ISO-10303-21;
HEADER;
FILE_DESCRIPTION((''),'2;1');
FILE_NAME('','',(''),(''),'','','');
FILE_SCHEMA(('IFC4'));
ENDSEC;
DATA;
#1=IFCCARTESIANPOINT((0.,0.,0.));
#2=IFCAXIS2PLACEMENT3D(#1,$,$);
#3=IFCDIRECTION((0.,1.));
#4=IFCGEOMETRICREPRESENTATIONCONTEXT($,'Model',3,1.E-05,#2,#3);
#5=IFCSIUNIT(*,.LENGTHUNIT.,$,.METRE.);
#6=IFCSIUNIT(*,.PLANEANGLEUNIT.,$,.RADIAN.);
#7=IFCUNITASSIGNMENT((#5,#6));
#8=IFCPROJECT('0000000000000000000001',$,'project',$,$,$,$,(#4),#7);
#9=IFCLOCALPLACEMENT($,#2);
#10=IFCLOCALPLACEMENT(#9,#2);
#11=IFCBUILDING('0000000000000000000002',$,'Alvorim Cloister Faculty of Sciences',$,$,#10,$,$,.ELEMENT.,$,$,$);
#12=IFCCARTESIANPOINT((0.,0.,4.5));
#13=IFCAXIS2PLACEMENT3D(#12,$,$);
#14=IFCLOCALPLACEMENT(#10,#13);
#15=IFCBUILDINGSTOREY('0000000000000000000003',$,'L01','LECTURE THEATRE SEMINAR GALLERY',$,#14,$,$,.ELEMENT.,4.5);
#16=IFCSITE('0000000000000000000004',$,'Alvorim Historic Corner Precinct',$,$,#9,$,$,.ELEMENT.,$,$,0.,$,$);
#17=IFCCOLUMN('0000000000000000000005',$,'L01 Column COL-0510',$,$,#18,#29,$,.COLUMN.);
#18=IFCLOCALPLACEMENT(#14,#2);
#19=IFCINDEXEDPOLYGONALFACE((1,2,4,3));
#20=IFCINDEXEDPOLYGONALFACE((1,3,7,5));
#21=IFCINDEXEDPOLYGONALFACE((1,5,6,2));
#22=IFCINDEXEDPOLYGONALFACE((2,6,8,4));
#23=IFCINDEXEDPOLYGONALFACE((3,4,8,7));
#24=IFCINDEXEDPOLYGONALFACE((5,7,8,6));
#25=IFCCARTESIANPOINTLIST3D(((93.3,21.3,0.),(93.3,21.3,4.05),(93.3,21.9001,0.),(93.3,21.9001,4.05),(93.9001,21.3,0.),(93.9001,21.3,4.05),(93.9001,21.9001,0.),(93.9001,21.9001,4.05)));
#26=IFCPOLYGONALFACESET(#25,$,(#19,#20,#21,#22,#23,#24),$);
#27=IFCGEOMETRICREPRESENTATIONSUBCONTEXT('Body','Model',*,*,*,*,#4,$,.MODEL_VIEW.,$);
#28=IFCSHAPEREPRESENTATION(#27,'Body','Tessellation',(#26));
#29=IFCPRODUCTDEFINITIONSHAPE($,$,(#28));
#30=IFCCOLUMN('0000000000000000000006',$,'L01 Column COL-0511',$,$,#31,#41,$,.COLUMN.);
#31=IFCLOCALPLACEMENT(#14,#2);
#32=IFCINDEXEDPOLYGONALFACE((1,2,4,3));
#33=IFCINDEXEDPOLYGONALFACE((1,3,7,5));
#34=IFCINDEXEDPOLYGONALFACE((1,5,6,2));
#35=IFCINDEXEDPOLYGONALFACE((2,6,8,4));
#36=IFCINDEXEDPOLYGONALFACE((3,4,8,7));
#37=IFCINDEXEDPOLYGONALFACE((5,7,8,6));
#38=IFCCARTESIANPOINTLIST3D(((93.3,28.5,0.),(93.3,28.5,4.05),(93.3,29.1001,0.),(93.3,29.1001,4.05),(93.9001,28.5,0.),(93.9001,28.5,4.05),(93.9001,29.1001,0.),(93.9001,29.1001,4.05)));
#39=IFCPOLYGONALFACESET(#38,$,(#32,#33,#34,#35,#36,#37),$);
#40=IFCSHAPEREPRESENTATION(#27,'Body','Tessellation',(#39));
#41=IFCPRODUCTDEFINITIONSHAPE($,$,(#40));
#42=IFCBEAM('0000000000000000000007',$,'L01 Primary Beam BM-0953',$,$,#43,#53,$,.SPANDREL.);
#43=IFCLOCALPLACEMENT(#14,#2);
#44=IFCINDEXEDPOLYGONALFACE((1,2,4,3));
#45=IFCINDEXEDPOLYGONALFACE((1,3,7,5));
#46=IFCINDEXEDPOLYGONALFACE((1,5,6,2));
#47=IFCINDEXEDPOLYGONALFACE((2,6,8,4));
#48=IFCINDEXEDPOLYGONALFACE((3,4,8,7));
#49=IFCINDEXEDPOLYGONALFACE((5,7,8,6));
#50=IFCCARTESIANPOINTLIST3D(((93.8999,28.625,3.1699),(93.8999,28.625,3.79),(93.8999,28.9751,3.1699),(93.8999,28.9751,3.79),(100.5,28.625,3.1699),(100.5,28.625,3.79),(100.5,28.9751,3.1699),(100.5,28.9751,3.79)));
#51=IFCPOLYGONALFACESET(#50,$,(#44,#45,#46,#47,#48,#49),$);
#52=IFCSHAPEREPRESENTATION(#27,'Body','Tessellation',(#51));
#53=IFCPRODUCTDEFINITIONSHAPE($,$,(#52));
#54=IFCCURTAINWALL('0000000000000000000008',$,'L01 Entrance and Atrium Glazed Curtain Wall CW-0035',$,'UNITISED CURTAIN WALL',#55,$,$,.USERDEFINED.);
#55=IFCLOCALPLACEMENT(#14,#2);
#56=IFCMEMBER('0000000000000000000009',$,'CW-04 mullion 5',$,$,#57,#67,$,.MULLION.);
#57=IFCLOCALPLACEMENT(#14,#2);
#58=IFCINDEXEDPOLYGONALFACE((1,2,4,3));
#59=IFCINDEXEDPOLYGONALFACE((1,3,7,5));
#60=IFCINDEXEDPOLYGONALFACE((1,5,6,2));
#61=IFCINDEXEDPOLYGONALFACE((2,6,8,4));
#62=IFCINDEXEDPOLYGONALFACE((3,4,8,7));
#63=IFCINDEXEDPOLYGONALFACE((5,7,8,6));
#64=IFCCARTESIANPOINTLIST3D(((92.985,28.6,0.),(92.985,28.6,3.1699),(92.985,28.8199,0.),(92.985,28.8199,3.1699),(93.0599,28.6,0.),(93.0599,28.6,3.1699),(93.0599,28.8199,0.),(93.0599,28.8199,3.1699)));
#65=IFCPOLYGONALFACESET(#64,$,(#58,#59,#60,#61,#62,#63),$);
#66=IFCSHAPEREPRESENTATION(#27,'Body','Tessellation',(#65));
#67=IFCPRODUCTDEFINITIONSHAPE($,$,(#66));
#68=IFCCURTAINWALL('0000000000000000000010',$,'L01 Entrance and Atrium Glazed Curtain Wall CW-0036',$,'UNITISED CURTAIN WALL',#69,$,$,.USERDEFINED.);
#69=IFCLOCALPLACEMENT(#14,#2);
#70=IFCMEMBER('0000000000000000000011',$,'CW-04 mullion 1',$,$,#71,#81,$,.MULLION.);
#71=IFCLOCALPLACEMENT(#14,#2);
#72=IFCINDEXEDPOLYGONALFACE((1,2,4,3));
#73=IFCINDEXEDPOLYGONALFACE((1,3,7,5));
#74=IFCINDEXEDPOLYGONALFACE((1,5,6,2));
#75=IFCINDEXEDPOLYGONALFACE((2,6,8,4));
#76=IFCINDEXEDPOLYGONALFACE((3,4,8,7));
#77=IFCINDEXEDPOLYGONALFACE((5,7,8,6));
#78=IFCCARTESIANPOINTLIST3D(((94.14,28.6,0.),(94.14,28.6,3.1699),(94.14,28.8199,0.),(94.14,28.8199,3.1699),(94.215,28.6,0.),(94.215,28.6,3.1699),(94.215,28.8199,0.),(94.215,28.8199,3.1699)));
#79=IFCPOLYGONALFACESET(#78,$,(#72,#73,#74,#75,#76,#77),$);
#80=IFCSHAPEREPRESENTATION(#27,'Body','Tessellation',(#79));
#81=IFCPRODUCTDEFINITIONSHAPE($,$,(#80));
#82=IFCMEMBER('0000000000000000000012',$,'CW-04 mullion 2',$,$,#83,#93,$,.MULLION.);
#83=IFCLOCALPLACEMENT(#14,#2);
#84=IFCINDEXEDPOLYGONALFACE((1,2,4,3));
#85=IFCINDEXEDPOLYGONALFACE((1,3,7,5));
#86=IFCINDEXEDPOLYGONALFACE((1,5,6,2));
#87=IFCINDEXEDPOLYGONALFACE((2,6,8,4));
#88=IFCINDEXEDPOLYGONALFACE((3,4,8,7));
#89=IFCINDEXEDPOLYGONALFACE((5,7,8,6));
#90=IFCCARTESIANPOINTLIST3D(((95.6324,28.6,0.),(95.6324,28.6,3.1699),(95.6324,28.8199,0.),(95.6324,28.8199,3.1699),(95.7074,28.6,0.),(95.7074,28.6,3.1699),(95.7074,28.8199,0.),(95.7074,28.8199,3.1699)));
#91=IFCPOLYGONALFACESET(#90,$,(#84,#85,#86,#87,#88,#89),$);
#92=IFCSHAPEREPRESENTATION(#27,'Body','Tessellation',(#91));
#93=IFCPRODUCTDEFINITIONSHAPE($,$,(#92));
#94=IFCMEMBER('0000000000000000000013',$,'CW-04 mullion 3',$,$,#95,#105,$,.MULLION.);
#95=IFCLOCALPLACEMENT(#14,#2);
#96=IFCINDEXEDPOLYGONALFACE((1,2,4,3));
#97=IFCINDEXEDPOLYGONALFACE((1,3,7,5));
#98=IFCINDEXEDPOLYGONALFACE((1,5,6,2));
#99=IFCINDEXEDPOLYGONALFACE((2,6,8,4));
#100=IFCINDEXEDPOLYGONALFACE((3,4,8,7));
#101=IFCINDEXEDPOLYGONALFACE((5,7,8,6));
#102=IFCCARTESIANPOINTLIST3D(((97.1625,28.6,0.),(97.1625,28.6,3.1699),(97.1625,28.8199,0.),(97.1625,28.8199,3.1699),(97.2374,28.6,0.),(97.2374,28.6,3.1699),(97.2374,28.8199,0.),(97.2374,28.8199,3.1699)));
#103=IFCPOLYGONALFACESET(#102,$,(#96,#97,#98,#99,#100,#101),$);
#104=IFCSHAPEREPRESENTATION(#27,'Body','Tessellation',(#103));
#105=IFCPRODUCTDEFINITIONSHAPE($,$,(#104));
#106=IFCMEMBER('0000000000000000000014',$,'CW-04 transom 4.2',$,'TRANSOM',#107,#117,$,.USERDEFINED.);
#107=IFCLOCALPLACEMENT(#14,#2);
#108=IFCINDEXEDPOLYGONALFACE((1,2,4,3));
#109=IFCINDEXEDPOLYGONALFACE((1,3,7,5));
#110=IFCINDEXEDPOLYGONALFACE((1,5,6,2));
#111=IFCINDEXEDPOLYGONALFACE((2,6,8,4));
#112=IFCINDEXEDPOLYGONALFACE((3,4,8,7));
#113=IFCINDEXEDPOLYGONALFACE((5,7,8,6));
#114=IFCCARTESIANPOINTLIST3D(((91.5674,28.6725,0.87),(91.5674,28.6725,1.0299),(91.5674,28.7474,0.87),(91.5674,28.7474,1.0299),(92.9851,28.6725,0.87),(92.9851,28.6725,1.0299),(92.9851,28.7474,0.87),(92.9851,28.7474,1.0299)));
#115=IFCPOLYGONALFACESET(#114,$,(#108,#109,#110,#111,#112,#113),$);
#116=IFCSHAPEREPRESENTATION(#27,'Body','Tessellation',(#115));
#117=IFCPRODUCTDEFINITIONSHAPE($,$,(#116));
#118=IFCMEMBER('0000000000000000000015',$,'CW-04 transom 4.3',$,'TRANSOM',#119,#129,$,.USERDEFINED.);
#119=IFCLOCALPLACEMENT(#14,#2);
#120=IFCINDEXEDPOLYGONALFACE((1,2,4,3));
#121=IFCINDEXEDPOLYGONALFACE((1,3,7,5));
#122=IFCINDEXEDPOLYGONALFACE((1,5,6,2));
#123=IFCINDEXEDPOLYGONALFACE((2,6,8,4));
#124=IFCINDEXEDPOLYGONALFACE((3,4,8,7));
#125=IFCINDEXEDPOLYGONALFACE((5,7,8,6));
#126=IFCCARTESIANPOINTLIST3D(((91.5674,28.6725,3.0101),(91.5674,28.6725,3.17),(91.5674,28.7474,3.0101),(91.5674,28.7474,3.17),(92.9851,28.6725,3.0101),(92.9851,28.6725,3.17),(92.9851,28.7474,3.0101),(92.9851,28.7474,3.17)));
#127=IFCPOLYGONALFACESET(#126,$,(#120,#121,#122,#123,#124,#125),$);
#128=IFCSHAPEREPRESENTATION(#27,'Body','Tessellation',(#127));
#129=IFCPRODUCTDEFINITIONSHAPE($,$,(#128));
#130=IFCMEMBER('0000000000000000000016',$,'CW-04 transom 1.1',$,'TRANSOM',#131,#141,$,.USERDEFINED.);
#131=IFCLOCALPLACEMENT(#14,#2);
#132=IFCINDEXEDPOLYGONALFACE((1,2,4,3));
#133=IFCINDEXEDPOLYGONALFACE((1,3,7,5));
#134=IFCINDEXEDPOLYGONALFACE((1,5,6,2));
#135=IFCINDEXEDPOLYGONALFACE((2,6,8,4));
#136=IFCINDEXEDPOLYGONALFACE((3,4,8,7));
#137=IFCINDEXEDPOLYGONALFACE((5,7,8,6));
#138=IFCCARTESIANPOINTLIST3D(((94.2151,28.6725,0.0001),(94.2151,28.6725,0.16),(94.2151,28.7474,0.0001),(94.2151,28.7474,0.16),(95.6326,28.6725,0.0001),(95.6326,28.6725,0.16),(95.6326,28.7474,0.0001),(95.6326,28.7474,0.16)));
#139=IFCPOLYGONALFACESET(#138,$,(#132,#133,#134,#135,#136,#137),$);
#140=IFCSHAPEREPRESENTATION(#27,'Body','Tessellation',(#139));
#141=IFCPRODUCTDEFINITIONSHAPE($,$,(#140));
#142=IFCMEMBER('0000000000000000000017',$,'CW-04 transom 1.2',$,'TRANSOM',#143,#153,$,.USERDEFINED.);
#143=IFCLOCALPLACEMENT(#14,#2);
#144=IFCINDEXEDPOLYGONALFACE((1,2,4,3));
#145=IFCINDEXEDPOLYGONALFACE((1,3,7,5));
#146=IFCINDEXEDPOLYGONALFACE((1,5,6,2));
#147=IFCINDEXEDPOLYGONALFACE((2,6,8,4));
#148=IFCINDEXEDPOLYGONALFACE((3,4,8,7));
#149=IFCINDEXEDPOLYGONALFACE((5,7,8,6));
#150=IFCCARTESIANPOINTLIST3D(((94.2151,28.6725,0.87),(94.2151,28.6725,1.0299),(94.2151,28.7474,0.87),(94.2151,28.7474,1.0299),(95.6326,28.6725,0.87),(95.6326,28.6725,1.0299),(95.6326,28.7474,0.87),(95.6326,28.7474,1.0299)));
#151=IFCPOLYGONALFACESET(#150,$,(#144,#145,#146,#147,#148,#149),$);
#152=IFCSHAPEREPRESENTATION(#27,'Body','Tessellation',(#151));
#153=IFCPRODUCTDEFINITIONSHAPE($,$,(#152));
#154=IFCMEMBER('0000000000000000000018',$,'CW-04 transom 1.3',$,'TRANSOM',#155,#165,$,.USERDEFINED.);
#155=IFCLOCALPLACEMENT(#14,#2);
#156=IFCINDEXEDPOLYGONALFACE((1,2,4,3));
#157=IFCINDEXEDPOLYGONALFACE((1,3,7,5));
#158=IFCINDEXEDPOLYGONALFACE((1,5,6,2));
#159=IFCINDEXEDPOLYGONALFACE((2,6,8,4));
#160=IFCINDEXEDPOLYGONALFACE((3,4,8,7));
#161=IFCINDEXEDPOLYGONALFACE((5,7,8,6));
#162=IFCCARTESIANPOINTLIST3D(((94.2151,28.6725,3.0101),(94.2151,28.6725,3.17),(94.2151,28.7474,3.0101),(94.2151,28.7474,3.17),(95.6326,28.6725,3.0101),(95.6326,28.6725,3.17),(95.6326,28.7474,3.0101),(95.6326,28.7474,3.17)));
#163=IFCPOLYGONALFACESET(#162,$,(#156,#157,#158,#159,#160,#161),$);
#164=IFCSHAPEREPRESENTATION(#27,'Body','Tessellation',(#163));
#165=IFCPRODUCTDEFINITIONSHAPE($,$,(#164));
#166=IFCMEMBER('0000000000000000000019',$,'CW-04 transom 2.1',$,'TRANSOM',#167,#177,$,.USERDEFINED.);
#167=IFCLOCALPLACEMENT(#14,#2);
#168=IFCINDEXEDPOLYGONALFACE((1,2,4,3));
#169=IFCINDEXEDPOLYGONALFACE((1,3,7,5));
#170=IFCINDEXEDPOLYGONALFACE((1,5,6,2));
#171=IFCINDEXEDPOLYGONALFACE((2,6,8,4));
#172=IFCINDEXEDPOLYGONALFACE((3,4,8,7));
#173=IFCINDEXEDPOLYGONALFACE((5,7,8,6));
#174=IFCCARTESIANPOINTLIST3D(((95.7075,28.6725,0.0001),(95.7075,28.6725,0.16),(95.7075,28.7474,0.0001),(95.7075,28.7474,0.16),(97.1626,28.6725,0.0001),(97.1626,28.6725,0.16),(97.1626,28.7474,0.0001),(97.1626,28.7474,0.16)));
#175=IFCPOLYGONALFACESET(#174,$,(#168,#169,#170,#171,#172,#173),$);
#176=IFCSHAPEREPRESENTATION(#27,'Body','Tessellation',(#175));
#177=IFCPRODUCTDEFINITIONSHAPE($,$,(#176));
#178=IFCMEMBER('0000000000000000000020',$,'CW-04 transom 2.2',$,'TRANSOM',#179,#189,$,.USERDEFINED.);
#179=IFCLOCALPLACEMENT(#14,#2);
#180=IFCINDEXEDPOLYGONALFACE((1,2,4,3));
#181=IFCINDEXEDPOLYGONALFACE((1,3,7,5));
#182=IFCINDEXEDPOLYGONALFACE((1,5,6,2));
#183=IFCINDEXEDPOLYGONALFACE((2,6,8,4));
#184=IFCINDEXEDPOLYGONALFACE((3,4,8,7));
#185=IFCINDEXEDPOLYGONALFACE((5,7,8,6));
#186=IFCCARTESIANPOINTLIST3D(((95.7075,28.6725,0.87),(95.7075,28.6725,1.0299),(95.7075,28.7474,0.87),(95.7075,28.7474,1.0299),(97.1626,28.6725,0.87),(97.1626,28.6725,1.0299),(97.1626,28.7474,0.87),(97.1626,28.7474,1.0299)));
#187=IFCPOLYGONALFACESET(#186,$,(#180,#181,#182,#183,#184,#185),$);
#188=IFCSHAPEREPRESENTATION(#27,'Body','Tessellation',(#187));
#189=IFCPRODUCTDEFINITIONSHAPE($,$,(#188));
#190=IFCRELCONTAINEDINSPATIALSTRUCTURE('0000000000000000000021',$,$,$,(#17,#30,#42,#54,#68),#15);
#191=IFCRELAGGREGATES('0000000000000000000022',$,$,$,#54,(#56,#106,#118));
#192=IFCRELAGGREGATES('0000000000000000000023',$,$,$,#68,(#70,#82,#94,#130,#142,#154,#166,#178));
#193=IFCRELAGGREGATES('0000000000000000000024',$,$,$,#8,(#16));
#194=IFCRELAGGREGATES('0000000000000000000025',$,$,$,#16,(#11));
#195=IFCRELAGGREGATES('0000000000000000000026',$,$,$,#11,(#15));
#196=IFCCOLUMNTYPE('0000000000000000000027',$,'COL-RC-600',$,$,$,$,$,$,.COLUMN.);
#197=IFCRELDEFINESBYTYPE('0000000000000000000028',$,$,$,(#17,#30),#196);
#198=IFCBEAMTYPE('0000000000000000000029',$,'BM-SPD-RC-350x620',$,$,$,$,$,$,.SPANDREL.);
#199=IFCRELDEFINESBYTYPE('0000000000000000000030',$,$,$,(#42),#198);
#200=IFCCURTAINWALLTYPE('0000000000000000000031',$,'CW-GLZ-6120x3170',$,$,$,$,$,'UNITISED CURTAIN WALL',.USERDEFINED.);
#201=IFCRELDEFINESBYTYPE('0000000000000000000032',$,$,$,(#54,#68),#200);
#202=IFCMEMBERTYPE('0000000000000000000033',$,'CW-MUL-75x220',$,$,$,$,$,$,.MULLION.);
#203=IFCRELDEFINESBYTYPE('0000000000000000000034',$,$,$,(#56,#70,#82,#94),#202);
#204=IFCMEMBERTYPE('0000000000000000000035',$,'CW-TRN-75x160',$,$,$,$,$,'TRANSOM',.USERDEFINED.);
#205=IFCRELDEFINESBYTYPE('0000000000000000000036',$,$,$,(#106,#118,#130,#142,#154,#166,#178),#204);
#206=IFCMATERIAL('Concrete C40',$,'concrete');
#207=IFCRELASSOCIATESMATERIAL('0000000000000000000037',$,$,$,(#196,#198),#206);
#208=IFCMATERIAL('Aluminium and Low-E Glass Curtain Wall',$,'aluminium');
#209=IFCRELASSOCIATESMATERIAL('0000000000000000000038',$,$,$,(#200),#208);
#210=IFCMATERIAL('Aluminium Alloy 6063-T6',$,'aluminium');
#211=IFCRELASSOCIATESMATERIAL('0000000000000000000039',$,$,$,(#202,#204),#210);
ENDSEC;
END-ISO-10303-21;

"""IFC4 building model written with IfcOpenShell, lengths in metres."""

from ifc_helpers import new_model, si_unit, direction, frame, origin, origin_2d, place, context, subcontext, project, spatial, rectangle, extrude, material, material_profile, profile_set, type_object, element, aggregate, save


model = new_model("IFC4")

# Units and contexts
model_context = context("Model", 3, precision=1e-05, world=origin(), true_north=direction((0.0, 1.0)))
body_context = subcontext(model_context, "Body", "Model", "MODEL_VIEW")
ifc_project = project(units=[si_unit("LENGTHUNIT", "METRE"), si_unit("PLANEANGLEUNIT", "RADIAN")], contexts=[model_context])

# Site, building, storey
site_placement = place(None, origin())
site = spatial("IfcSite", under=ifc_project, at=site_placement, Name="Alvorim Historic Corner Precinct", CompositionType="ELEMENT", RefElevation=0.0)
building_placement = place(site_placement, origin())
building = spatial("IfcBuilding", under=site, at=building_placement, Name="Alvorim Cloister Faculty of Sciences", CompositionType="ELEMENT")
storey_placement = place(building_placement, frame((0.0, 0.0, 4.5)))
storey = spatial("IfcBuildingStorey", under=building, at=storey_placement, Name="L01", Description="LECTURE THEATRE SEMINAR GALLERY", CompositionType="ELEMENT", Elevation=4.5)

# Columns
ifc_material_1 = material(Name="Concrete C40", Category="concrete")
ifc_material_profile_1 = material_profile(ifc_material_1, rectangle(XDim=0.6001, YDim=0.6001, at=origin_2d()), Name="RC40-COL-600x600")
ifc_profile_set_1 = profile_set([ifc_material_profile_1], Name="Concrete C40")
column_type = type_object("IfcColumnType", Name="COL-RC-600", PredefinedType="COLUMN", material=ifc_profile_set_1)
for number, where, z_axis, x_axis, name in (
    (1, (93.6001, 21.6001, 0.0), (0.0, 0.0, 1.0), (1.0, 0.0, 0.0), "L01 Column COL-0510"),
    (2, (93.6001, 28.8, 0.0), (0.0, 0.0, 1.0), (1.0, 0.0, 0.0), "L01 Column COL-0511"),
):
    element("IfcColumn", number, at=place(storey_placement, frame(where, z_axis=z_axis, x_axis=x_axis)), inside=storey, type_object=column_type, Name=name, PredefinedType="COLUMN", context=body_context, shape_type="SweptSolid", body=[
        extrude(rectangle(XDim=0.6001, YDim=0.6001, at=origin_2d()), origin(), (0.0, 0.0, 1.0), 4.05),
    ])

# Beam
ifc_material_profile_2 = material_profile(ifc_material_1, rectangle(XDim=0.3501, YDim=0.6201, at=origin_2d()), Name="RC40-SPD-350x620")
ifc_profile_set_2 = profile_set([ifc_material_profile_2], Name="Concrete C40")
beam_type = type_object("IfcBeamType", Name="BM-SPD-RC-350x620", PredefinedType="SPANDREL", material=ifc_profile_set_2)
beam_placement = place(storey_placement, frame((93.8999, 28.8, 3.48), z_axis=(1.0, 0.0, 0.0), x_axis=(0.0, 1.0, 0.0)))
element("IfcBeam", 3, at=beam_placement, inside=storey, type_object=beam_type, Name="L01 Primary Beam BM-0953", PredefinedType="SPANDREL", context=body_context, shape_type="SweptSolid", body=[
    extrude(rectangle(XDim=0.3501, YDim=0.6201, at=origin_2d()), origin(), (0.0, 0.0, 1.0), 6.6001),
])

# Curtain wall, member
ifc_material_2 = material(Name="Aluminium and Low-E Glass Curtain Wall", Category="aluminium")
curtain_wall_type = type_object("IfcCurtainWallType", Name="CW-GLZ-6120x3170", ElementType="UNITISED CURTAIN WALL", PredefinedType="USERDEFINED", material=ifc_material_2)
curtain_wall_1_placement = place(storey_placement, origin())
curtain_wall_1 = element("IfcCurtainWall", 4, at=curtain_wall_1_placement, inside=storey, type_object=curtain_wall_type, Name="L01 Entrance and Atrium Glazed Curtain Wall CW-0035", ObjectType="UNITISED CURTAIN WALL", PredefinedType="USERDEFINED")
ifc_material_3 = material(Name="Aluminium Alloy 6063-T6", Category="aluminium")
ifc_material_profile_3 = material_profile(ifc_material_3, rectangle(XDim=0.075, YDim=0.22, at=origin_2d()), Name="ALU-MUL-75x220")
ifc_profile_set_3 = profile_set([ifc_material_profile_3], Name="Aluminium Alloy 6063-T6")
member_type_1 = type_object("IfcMemberType", Name="CW-MUL-75x220", PredefinedType="MULLION", material=ifc_profile_set_3)
member_1_placement = place(storey_placement, frame((93.0225, 28.71, 0.0), z_axis=(0.0, 0.0, 1.0), x_axis=(1.0, 0.0, 0.0)))
member_1 = element("IfcMember", 5, at=member_1_placement, type_object=member_type_1, Name="CW-04 mullion 5", PredefinedType="MULLION", context=body_context, shape_type="SweptSolid", body=[
    extrude(rectangle(XDim=0.075, YDim=0.22, at=origin_2d()), origin(), (0.0, 0.0, 1.0), 3.1699),
])

# Curtain wall, members
curtain_wall_2_placement = place(storey_placement, origin())
curtain_wall_2 = element("IfcCurtainWall", 6, at=curtain_wall_2_placement, inside=storey, type_object=curtain_wall_type, Name="L01 Entrance and Atrium Glazed Curtain Wall CW-0036", ObjectType="UNITISED CURTAIN WALL", PredefinedType="USERDEFINED")
member_2_placement = place(storey_placement, frame((94.1775, 28.71, 0.0), z_axis=(0.0, 0.0, 1.0), x_axis=(1.0, 0.0, 0.0)))
member_2 = element("IfcMember", 7, at=member_2_placement, type_object=member_type_1, Name="CW-04 mullion 1", PredefinedType="MULLION", context=body_context, shape_type="SweptSolid", body=[
    extrude(rectangle(XDim=0.075, YDim=0.22, at=origin_2d()), origin(), (0.0, 0.0, 1.0), 3.1699),
])
member_3_placement = place(storey_placement, frame((95.6699, 28.71, 0.0), z_axis=(0.0, 0.0, 1.0), x_axis=(1.0, 0.0, 0.0)))
member_3 = element("IfcMember", 8, at=member_3_placement, type_object=member_type_1, Name="CW-04 mullion 2", PredefinedType="MULLION", context=body_context, shape_type="SweptSolid", body=[
    extrude(rectangle(XDim=0.075, YDim=0.22, at=origin_2d()), origin(), (0.0, 0.0, 1.0), 3.1699),
])
member_4_placement = place(storey_placement, frame((97.2, 28.71, 0.0), z_axis=(0.0, 0.0, 1.0), x_axis=(1.0, 0.0, 0.0)))
member_4 = element("IfcMember", 9, at=member_4_placement, type_object=member_type_1, Name="CW-04 mullion 3", PredefinedType="MULLION", context=body_context, shape_type="SweptSolid", body=[
    extrude(rectangle(XDim=0.075, YDim=0.22, at=origin_2d()), origin(), (0.0, 0.0, 1.0), 3.1699),
])

# Members
ifc_material_profile_4 = material_profile(ifc_material_3, rectangle(XDim=0.075, YDim=0.1599, at=origin_2d()), Name="ALU-TRN-75x160")
ifc_profile_set_4 = profile_set([ifc_material_profile_4], Name="Aluminium Alloy 6063-T6")
member_type_2 = type_object("IfcMemberType", Name="CW-TRN-75x160", ElementType="TRANSOM", PredefinedType="USERDEFINED", material=ifc_profile_set_4)
member_5_placement = place(storey_placement, frame((91.5674, 28.71, 0.95), z_axis=(1.0, 0.0, 0.0), x_axis=(0.0, 1.0, 0.0)))
member_5 = element("IfcMember", 10, at=member_5_placement, type_object=member_type_2, Name="CW-04 transom 4.2", ObjectType="TRANSOM", PredefinedType="USERDEFINED", context=body_context, shape_type="SweptSolid", body=[
    extrude(rectangle(XDim=0.075, YDim=0.1599, at=origin_2d()), origin(), (0.0, 0.0, 1.0), 1.4177),
])
member_6_placement = place(storey_placement, frame((91.5674, 28.71, 3.0901), z_axis=(1.0, 0.0, 0.0), x_axis=(0.0, 1.0, 0.0)))
member_6 = element("IfcMember", 11, at=member_6_placement, type_object=member_type_2, Name="CW-04 transom 4.3", ObjectType="TRANSOM", PredefinedType="USERDEFINED", context=body_context, shape_type="SweptSolid", body=[
    extrude(rectangle(XDim=0.075, YDim=0.1599, at=origin_2d()), origin(), (0.0, 0.0, 1.0), 1.4177),
])
member_7_placement = place(storey_placement, frame((94.2151, 28.71, 0.0801), z_axis=(1.0, 0.0, 0.0), x_axis=(0.0, 1.0, 0.0)))
member_7 = element("IfcMember", 12, at=member_7_placement, type_object=member_type_2, Name="CW-04 transom 1.1", ObjectType="TRANSOM", PredefinedType="USERDEFINED", context=body_context, shape_type="SweptSolid", body=[
    extrude(rectangle(XDim=0.075, YDim=0.1599, at=origin_2d()), origin(), (0.0, 0.0, 1.0), 1.4175),
])
member_8_placement = place(storey_placement, frame((94.2151, 28.71, 0.95), z_axis=(1.0, 0.0, 0.0), x_axis=(0.0, 1.0, 0.0)))
member_8 = element("IfcMember", 13, at=member_8_placement, type_object=member_type_2, Name="CW-04 transom 1.2", ObjectType="TRANSOM", PredefinedType="USERDEFINED", context=body_context, shape_type="SweptSolid", body=[
    extrude(rectangle(XDim=0.075, YDim=0.1599, at=origin_2d()), origin(), (0.0, 0.0, 1.0), 1.4175),
])
member_9_placement = place(storey_placement, frame((94.2151, 28.71, 3.0901), z_axis=(1.0, 0.0, 0.0), x_axis=(0.0, 1.0, 0.0)))
member_9 = element("IfcMember", 14, at=member_9_placement, type_object=member_type_2, Name="CW-04 transom 1.3", ObjectType="TRANSOM", PredefinedType="USERDEFINED", context=body_context, shape_type="SweptSolid", body=[
    extrude(rectangle(XDim=0.075, YDim=0.1599, at=origin_2d()), origin(), (0.0, 0.0, 1.0), 1.4175),
])
member_10_placement = place(storey_placement, frame((95.7075, 28.71, 0.0801), z_axis=(1.0, 0.0, 0.0), x_axis=(0.0, 1.0, 0.0)))
member_10 = element("IfcMember", 15, at=member_10_placement, type_object=member_type_2, Name="CW-04 transom 2.1", ObjectType="TRANSOM", PredefinedType="USERDEFINED", context=body_context, shape_type="SweptSolid", body=[
    extrude(rectangle(XDim=0.075, YDim=0.1599, at=origin_2d()), origin(), (0.0, 0.0, 1.0), 1.4551),
])
member_11_placement = place(storey_placement, frame((95.7075, 28.71, 0.95), z_axis=(1.0, 0.0, 0.0), x_axis=(0.0, 1.0, 0.0)))
member_11 = element("IfcMember", 16, at=member_11_placement, type_object=member_type_2, Name="CW-04 transom 2.2", ObjectType="TRANSOM", PredefinedType="USERDEFINED", context=body_context, shape_type="SweptSolid", body=[
    extrude(rectangle(XDim=0.075, YDim=0.1599, at=origin_2d()), origin(), (0.0, 0.0, 1.0), 1.4551),
])

aggregate(curtain_wall_1, [member_1, member_5, member_6])
aggregate(curtain_wall_2, [member_2, member_3, member_4, member_7, member_8, member_9, member_10, member_11])

save(model, "model.ifc")
